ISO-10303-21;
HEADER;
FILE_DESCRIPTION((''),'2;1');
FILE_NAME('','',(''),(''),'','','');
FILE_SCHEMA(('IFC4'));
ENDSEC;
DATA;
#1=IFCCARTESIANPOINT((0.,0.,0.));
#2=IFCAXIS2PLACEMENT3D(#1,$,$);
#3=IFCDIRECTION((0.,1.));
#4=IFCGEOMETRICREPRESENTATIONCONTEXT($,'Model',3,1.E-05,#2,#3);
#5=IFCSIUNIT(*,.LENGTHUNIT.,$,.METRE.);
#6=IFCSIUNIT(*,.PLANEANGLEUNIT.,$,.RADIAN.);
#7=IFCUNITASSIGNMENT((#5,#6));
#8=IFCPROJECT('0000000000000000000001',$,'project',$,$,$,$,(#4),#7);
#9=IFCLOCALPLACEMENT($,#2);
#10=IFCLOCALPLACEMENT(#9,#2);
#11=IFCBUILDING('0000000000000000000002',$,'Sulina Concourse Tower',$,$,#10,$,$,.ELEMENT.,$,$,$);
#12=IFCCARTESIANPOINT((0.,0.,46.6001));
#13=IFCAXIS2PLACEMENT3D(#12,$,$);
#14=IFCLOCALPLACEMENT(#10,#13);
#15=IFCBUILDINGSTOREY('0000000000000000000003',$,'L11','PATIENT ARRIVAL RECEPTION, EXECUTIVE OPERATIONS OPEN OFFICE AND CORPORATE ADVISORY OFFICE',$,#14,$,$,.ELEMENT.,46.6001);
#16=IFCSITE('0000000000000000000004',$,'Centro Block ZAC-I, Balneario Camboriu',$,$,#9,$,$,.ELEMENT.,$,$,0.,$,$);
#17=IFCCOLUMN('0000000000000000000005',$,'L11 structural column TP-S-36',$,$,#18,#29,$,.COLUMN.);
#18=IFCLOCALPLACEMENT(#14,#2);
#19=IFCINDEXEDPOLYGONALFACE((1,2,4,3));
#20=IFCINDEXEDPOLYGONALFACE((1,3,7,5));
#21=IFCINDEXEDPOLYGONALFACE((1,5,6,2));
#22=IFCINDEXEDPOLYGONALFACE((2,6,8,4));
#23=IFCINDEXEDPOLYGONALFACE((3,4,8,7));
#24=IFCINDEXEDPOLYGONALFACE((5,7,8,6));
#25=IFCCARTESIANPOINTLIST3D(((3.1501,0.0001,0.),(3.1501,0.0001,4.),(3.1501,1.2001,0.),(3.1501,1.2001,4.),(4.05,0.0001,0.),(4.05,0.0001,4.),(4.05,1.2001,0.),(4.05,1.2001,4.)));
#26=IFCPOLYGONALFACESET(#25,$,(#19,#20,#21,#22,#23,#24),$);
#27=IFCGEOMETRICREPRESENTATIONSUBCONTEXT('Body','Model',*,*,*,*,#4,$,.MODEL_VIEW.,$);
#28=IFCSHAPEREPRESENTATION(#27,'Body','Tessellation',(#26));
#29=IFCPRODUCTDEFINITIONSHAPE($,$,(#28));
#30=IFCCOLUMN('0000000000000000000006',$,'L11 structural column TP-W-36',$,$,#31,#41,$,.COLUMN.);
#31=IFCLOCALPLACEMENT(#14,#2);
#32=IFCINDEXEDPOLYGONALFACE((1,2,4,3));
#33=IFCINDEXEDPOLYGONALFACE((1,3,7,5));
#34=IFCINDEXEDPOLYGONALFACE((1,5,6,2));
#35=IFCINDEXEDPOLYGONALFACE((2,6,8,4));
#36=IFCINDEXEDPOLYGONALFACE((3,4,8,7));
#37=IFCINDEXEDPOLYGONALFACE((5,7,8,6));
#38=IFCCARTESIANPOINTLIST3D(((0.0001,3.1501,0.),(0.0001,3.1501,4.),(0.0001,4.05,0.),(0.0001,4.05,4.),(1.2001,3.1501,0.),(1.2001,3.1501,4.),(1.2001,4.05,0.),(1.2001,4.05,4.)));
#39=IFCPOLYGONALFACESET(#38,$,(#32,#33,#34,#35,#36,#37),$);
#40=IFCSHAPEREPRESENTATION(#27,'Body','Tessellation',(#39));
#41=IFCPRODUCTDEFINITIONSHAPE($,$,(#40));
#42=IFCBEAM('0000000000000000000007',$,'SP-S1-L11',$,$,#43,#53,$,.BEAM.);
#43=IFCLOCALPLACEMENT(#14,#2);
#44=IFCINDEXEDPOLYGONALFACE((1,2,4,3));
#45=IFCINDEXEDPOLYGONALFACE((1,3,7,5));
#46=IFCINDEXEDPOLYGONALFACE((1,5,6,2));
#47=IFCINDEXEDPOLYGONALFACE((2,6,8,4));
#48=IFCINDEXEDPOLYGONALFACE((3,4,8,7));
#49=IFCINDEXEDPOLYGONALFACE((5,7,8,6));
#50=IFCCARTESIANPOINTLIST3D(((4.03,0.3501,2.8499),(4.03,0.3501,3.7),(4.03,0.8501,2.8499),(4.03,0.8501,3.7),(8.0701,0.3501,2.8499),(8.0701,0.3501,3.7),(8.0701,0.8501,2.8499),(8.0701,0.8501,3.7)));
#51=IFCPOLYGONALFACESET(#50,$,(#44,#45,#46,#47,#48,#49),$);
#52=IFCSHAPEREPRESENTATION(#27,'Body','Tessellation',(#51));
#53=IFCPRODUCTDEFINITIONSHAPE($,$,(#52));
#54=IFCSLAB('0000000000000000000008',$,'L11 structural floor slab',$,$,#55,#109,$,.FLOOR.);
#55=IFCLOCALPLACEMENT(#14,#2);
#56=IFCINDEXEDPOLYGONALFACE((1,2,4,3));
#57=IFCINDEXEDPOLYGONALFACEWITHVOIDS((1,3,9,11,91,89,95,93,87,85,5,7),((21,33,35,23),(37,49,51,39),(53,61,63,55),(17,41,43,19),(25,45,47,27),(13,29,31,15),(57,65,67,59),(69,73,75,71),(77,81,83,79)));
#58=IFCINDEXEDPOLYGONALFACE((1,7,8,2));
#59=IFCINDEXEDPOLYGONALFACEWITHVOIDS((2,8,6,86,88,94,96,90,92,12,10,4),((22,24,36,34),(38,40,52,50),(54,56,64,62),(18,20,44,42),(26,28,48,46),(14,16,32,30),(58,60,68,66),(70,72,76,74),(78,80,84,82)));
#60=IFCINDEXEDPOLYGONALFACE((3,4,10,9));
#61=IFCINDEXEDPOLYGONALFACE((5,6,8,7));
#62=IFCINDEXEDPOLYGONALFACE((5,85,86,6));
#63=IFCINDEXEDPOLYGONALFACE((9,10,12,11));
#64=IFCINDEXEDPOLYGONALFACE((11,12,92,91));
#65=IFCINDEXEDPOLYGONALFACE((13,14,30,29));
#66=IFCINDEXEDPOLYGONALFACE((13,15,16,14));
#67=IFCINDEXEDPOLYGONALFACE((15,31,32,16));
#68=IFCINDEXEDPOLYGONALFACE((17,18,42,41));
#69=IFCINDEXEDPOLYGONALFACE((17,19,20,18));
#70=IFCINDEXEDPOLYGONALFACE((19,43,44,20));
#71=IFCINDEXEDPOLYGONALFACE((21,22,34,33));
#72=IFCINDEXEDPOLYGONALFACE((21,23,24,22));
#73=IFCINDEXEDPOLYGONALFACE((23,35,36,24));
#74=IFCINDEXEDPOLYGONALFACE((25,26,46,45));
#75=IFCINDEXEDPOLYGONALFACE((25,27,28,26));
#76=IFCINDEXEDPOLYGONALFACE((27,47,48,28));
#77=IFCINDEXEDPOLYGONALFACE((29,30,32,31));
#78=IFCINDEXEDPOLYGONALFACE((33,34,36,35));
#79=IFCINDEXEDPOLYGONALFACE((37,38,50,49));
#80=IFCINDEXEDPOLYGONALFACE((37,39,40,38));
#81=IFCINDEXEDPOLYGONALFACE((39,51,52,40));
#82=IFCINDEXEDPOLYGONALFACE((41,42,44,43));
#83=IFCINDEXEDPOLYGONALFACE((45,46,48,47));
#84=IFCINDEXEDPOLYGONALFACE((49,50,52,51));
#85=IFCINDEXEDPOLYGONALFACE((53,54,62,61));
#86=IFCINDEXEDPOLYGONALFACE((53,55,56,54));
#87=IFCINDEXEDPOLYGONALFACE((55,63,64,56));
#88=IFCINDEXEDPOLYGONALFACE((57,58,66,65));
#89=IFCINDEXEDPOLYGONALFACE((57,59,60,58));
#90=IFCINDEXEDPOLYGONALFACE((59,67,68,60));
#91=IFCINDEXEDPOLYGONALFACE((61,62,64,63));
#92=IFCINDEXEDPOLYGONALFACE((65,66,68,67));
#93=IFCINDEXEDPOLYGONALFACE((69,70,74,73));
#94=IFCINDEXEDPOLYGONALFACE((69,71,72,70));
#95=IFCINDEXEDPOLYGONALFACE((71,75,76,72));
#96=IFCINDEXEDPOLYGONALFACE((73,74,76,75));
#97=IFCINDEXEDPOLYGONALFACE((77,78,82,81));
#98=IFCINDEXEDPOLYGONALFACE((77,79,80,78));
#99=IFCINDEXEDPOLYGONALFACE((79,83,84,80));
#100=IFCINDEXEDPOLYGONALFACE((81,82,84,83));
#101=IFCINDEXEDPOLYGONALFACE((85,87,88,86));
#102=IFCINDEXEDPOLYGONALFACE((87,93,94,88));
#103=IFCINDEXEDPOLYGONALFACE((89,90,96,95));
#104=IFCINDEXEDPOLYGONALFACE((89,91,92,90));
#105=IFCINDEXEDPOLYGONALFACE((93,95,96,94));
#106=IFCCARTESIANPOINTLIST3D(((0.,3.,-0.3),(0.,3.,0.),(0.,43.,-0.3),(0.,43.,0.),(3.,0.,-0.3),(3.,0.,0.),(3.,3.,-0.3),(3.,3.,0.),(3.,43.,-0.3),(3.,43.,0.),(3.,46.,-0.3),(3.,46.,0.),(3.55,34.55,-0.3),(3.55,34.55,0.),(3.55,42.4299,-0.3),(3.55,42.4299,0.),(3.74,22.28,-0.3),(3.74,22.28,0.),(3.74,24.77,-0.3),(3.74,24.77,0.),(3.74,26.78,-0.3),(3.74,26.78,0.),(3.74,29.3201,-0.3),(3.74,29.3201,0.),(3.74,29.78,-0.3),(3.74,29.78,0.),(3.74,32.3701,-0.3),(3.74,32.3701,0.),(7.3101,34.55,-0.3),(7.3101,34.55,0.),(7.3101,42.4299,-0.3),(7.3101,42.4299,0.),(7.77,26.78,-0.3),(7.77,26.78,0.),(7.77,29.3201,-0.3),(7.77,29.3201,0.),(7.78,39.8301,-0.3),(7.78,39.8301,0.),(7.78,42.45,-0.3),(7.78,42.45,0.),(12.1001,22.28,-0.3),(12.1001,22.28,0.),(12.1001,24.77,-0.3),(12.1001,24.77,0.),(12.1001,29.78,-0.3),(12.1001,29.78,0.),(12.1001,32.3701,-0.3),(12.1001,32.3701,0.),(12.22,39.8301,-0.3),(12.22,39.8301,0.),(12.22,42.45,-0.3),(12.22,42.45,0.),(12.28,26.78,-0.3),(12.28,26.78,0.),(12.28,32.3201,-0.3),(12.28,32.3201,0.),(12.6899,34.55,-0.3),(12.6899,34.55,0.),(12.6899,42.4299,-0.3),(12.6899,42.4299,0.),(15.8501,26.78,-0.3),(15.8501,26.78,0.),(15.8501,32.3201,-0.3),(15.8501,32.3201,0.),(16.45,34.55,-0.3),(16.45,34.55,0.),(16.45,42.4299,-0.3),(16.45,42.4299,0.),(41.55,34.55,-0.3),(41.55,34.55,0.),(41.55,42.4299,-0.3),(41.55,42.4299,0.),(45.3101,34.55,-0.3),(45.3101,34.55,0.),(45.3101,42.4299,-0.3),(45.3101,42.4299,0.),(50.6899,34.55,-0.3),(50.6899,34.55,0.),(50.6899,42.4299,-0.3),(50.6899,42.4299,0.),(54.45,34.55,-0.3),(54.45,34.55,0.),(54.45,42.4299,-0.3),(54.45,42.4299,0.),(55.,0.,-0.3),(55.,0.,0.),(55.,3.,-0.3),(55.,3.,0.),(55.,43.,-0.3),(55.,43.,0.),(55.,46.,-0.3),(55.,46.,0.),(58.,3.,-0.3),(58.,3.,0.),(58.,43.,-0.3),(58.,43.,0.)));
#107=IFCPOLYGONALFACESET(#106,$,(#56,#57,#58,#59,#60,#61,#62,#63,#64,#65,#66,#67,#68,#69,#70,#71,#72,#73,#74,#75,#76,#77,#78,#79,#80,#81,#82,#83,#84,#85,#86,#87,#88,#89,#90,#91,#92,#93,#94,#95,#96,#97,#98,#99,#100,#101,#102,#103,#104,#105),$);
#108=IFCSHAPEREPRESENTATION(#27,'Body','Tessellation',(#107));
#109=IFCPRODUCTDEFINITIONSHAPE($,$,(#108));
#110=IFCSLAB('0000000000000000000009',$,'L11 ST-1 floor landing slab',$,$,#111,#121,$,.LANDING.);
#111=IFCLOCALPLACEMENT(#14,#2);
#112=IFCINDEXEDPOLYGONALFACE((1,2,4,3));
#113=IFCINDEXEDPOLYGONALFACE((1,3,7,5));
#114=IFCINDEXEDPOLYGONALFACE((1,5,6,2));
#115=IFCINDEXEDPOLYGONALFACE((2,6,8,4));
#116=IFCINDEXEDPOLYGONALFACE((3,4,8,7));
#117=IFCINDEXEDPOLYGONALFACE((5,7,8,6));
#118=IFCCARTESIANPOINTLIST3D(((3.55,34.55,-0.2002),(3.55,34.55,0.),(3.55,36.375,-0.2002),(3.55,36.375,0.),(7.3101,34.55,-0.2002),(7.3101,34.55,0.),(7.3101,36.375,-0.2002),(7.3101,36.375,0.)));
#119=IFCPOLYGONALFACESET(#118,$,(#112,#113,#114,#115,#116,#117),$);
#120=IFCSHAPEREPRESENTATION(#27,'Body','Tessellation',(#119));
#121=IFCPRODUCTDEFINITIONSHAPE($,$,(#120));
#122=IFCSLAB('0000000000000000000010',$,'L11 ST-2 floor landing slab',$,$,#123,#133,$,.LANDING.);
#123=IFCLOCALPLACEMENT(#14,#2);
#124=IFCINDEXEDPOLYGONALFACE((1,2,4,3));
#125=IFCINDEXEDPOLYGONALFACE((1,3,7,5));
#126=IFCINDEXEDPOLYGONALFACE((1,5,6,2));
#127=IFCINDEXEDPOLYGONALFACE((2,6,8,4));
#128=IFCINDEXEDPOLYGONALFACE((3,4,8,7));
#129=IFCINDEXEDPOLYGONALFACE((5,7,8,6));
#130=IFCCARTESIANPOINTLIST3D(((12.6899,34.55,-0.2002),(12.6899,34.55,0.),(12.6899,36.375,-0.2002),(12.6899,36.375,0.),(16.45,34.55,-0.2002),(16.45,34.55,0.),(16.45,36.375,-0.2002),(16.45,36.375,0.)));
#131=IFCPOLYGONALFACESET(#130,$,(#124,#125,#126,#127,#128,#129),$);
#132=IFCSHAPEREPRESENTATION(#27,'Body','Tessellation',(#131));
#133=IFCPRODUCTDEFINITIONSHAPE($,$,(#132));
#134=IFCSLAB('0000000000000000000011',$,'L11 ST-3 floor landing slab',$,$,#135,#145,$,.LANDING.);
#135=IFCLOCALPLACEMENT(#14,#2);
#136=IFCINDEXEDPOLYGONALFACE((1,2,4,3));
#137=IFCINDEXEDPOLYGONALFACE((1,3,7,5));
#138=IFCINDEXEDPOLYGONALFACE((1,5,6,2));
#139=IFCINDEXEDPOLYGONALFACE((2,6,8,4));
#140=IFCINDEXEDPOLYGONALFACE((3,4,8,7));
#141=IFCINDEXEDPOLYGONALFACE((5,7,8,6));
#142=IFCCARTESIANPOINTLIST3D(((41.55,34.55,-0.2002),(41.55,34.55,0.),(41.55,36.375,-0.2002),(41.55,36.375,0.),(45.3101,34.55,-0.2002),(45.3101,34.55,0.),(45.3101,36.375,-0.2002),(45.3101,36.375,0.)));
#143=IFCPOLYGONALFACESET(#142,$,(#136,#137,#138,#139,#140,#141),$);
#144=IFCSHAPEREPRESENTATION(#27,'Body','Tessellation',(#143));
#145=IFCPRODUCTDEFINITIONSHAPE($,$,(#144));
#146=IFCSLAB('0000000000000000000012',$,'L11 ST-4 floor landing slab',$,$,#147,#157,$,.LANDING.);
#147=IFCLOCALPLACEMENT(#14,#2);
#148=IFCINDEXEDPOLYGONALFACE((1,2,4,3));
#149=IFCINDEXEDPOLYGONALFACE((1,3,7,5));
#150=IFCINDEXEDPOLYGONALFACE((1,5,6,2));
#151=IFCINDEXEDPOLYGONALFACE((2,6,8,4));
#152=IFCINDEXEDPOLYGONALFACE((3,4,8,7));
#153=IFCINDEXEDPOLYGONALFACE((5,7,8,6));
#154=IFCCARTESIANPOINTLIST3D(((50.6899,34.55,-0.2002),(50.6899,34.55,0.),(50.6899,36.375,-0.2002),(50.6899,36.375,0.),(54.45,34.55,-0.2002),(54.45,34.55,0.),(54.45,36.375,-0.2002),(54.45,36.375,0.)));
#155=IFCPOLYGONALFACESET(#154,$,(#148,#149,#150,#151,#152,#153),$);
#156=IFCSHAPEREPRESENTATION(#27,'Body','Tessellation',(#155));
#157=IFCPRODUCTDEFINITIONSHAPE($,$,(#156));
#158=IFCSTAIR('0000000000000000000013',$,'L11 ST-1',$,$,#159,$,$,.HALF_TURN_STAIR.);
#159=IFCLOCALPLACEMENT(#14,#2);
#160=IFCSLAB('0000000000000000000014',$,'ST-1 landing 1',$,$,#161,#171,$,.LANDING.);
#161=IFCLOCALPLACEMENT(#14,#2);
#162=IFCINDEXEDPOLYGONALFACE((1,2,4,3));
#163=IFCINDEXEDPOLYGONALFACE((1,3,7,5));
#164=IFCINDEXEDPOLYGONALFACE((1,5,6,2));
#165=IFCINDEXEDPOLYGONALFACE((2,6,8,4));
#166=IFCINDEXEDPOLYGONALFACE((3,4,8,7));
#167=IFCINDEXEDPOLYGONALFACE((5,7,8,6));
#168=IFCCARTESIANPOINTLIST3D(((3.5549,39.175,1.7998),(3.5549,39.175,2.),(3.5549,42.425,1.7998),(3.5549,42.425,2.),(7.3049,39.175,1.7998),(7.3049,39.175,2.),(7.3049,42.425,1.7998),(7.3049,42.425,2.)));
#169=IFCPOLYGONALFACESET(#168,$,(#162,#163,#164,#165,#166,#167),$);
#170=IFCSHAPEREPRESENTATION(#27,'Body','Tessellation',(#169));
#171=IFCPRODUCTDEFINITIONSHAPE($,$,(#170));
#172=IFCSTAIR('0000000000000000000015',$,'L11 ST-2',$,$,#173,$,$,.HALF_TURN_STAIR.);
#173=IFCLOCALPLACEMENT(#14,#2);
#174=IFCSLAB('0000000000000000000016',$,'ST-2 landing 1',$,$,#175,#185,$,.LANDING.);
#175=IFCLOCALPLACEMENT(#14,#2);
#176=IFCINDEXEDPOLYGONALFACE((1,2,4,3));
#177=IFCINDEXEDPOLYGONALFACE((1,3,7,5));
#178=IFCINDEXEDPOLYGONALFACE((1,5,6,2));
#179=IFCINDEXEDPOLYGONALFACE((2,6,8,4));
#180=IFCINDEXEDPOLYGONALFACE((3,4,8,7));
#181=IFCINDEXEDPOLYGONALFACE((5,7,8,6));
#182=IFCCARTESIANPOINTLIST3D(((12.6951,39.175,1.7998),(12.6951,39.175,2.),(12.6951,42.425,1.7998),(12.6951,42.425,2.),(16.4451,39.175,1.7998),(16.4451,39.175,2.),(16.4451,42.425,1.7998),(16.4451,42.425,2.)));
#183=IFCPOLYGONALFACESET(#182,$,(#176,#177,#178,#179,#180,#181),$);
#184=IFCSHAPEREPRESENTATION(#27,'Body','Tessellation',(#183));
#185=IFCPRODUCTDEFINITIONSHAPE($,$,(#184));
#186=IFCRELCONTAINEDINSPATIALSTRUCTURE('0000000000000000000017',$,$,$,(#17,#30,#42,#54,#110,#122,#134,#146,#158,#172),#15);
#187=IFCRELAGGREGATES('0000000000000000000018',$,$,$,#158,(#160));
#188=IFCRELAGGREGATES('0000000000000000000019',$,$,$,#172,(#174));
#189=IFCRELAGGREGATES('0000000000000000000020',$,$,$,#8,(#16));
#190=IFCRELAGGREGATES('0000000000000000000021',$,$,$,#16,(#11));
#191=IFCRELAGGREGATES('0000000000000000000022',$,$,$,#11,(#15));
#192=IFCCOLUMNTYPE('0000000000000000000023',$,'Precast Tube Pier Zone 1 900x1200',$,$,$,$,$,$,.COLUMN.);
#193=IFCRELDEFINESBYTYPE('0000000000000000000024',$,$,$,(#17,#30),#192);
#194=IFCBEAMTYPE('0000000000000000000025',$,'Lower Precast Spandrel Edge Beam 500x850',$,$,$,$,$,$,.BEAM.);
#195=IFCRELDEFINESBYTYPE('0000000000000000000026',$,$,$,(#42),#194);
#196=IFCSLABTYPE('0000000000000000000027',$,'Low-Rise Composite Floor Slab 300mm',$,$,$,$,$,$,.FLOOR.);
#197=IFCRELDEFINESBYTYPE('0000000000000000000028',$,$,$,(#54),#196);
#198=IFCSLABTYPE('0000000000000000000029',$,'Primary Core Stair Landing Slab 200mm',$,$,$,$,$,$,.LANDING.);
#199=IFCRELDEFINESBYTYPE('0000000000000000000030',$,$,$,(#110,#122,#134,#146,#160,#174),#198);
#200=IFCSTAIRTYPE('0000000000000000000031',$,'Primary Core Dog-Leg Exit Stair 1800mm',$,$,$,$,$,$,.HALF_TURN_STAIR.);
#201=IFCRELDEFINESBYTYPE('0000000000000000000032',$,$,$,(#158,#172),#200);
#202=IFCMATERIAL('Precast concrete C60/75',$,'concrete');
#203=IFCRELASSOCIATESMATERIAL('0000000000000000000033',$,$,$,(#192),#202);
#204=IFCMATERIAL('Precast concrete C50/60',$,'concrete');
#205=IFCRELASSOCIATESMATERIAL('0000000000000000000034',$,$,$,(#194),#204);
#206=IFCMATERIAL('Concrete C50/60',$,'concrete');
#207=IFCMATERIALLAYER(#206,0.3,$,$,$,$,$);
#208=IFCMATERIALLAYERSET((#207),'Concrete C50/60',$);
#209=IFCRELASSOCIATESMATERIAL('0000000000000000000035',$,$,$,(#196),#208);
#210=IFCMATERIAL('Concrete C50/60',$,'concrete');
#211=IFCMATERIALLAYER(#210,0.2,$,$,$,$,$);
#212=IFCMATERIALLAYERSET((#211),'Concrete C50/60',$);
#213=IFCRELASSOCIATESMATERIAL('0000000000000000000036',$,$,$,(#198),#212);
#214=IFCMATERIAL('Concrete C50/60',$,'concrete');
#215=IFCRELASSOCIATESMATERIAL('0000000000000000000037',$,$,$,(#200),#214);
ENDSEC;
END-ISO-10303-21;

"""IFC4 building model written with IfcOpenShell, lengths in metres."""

from ifc_helpers import new_model, si_unit, direction, frame, origin, origin_2d, place, context, subcontext, project, spatial, polyline, rectangle, outline, extrude, material, layer, layer_set, material_profile, profile_set, type_object, element, aggregate, save


model = new_model("IFC4")

# Units and contexts
model_context = context("Model", 3, precision=1e-05, world=origin(), true_north=direction((0.0, 1.0)))
body_context = subcontext(model_context, "Body", "Model", "MODEL_VIEW")
ifc_project = project(units=[si_unit("LENGTHUNIT", "METRE"), si_unit("PLANEANGLEUNIT", "RADIAN")], contexts=[model_context])

# Site, building, storey
site_placement = place(None, origin())
site = spatial("IfcSite", under=ifc_project, at=site_placement, Name="Centro Block ZAC-I, Balneario Camboriu", CompositionType="ELEMENT", RefElevation=0.0)
building_placement = place(site_placement, origin())
building = spatial("IfcBuilding", under=site, at=building_placement, Name="Sulina Concourse Tower", CompositionType="ELEMENT")
storey_placement = place(building_placement, frame((0.0, 0.0, 46.6001)))
storey = spatial("IfcBuildingStorey", under=building, at=storey_placement, Name="L11", Description="PATIENT ARRIVAL RECEPTION, EXECUTIVE OPERATIONS OPEN OFFICE AND CORPORATE ADVISORY OFFICE", CompositionType="ELEMENT", Elevation=46.6001)

# Columns
ifc_material_1 = material(Name="Precast concrete C60/75", Category="concrete")
ifc_material_profile_1 = material_profile(ifc_material_1, rectangle(XDim=0.8999, YDim=1.2, at=origin_2d()), Name="PC 900x1200")
ifc_profile_set_1 = profile_set([ifc_material_profile_1], Name="Precast concrete C60/75")
column_type = type_object("IfcColumnType", Name="Precast Tube Pier Zone 1 900x1200", PredefinedType="COLUMN", material=ifc_profile_set_1)
for number, where, z_axis, x_axis, name in (
    (1, (3.6001, 0.6001, 0.0), (0.0, 0.0, 1.0), (1.0, 0.0, 0.0), "L11 structural column TP-S-36"),
    (2, (0.6001, 3.6001, 0.0), (0.0, 0.0, 1.0), (0.0, 1.0, 0.0), "L11 structural column TP-W-36"),
):
    element("IfcColumn", number, at=place(storey_placement, frame(where, z_axis=z_axis, x_axis=x_axis)), inside=storey, type_object=column_type, Name=name, PredefinedType="COLUMN", context=body_context, shape_type="SweptSolid", body=[
        extrude(rectangle(XDim=0.8999, YDim=1.2, at=origin_2d()), origin(), (0.0, 0.0, 1.0), 4.0),
    ])

# Beam
ifc_material_2 = material(Name="Precast concrete C50/60", Category="concrete")
ifc_material_profile_2 = material_profile(ifc_material_2, rectangle(XDim=0.5, YDim=0.8501, at=origin_2d()), Name="RC 500x850")
ifc_profile_set_2 = profile_set([ifc_material_profile_2], Name="Precast concrete C50/60")
beam_type = type_object("IfcBeamType", Name="Lower Precast Spandrel Edge Beam 500x850", PredefinedType="BEAM", material=ifc_profile_set_2)
beam_placement = place(storey_placement, frame((4.03, 0.6001, 3.2749), z_axis=(1.0, 0.0, 0.0), x_axis=(0.0, 1.0, 0.0)))
element("IfcBeam", 3, at=beam_placement, inside=storey, type_object=beam_type, Name="SP-S1-L11", PredefinedType="BEAM", context=body_context, shape_type="SweptSolid", body=[
    extrude(rectangle(XDim=0.5, YDim=0.8501, at=origin_2d()), origin(), (0.0, 0.0, 1.0), 4.04),
])

# Slabs
ifc_material_3 = material(Name="Concrete C50/60", Category="concrete")
ifc_layer_1 = layer(ifc_material_3, 0.3)
ifc_layer_set_1 = layer_set([ifc_layer_1], Name="Concrete C50/60")
slab_type_1 = type_object("IfcSlabType", Name="Low-Rise Composite Floor Slab 300mm", PredefinedType="FLOOR", material=ifc_layer_set_1)
slab_1_placement = place(storey_placement, frame((0.0, 0.0, -0.3)))
element("IfcSlab", 4, at=slab_1_placement, inside=storey, type_object=slab_type_1, Name="L11 structural floor slab", PredefinedType="FLOOR", context=body_context, shape_type="SweptSolid", body=[
    extrude(outline(polyline([(3.0, 0.0), (55.0, 0.0), (55.0, 3.0), (58.0, 3.0), (58.0, 43.0), (55.0, 43.0), (55.0, 46.0), (3.0, 46.0), (3.0, 43.0), (0.0, 43.0), (0.0, 3.0), (3.0, 3.0), (3.0, 0.0)]), holes=[polyline([(7.3101, 34.55), (7.3101, 42.4299), (3.55, 42.4299), (3.55, 34.55), (7.3101, 34.55)]), polyline([(16.45, 34.55), (16.45, 42.4299), (12.6899, 42.4299), (12.6899, 34.55), (16.45, 34.55)]), polyline([(45.3101, 34.55), (45.3101, 42.4299), (41.55, 42.4299), (41.55, 34.55), (45.3101, 34.55)]), polyline([(54.45, 34.55), (54.45, 42.4299), (50.6899, 42.4299), (50.6899, 34.55), (54.45, 34.55)]), polyline([(7.78, 39.8301), (12.22, 39.8301), (12.22, 42.45), (7.78, 42.45), (7.78, 39.8301)]), polyline([(3.74, 26.78), (7.77, 26.78), (7.77, 29.3201), (3.74, 29.3201), (3.74, 26.78)]), polyline([(3.74, 29.78), (12.1001, 29.78), (12.1001, 32.3701), (3.74, 32.3701), (3.74, 29.78)]), polyline([(3.74, 22.28), (12.1001, 22.28), (12.1001, 24.77), (3.74, 24.77), (3.74, 22.28)]), polyline([(12.28, 26.78), (15.8501, 26.78), (15.8501, 32.3201), (12.28, 32.3201), (12.28, 26.78)])]), origin(), (0.0, 0.0, 1.0), 0.3),
])
ifc_material_4 = material(Name="Concrete C50/60", Category="concrete")
ifc_layer_2 = layer(ifc_material_4, 0.2)
ifc_layer_set_2 = layer_set([ifc_layer_2], Name="Concrete C50/60")
slab_type_2 = type_object("IfcSlabType", Name="Primary Core Stair Landing Slab 200mm", PredefinedType="LANDING", material=ifc_layer_set_2)
slab_2_placement = place(storey_placement, frame((0.0, 0.0, -0.2002)))
element("IfcSlab", 5, at=slab_2_placement, inside=storey, type_object=slab_type_2, Name="L11 ST-1 floor landing slab", PredefinedType="LANDING", context=body_context, shape_type="SweptSolid", body=[
    extrude(outline(polyline([(7.3101, 34.55), (7.3101, 36.375), (3.55, 36.375), (3.55, 34.55), (7.3101, 34.55)])), origin(), (0.0, 0.0, 1.0), 0.2002),
])
slab_3_placement = place(storey_placement, frame((0.0, 0.0, -0.2002)))
element("IfcSlab", 6, at=slab_3_placement, inside=storey, type_object=slab_type_2, Name="L11 ST-2 floor landing slab", PredefinedType="LANDING", context=body_context, shape_type="SweptSolid", body=[
    extrude(outline(polyline([(16.45, 34.55), (16.45, 36.375), (12.6899, 36.375), (12.6899, 34.55), (16.45, 34.55)])), origin(), (0.0, 0.0, 1.0), 0.2002),
])
slab_4_placement = place(storey_placement, frame((0.0, 0.0, -0.2002)))
element("IfcSlab", 7, at=slab_4_placement, inside=storey, type_object=slab_type_2, Name="L11 ST-3 floor landing slab", PredefinedType="LANDING", context=body_context, shape_type="SweptSolid", body=[
    extrude(outline(polyline([(45.3101, 34.55), (45.3101, 36.375), (41.55, 36.375), (41.55, 34.55), (45.3101, 34.55)])), origin(), (0.0, 0.0, 1.0), 0.2002),
])
slab_5_placement = place(storey_placement, frame((0.0, 0.0, -0.2002)))
element("IfcSlab", 8, at=slab_5_placement, inside=storey, type_object=slab_type_2, Name="L11 ST-4 floor landing slab", PredefinedType="LANDING", context=body_context, shape_type="SweptSolid", body=[
    extrude(outline(polyline([(54.45, 34.55), (54.45, 36.375), (50.6899, 36.375), (50.6899, 34.55), (54.45, 34.55)])), origin(), (0.0, 0.0, 1.0), 0.2002),
])

# Stairs, slabs
ifc_material_5 = material(Name="Concrete C50/60", Category="concrete")
stair_type_1 = type_object("IfcStairType", Name="Primary Core Dog-Leg Exit Stair 1800mm", PredefinedType="HALF_TURN_STAIR", material=ifc_material_5)
stair_1_placement = place(storey_placement, origin())
stair_1 = element("IfcStair", 9, at=stair_1_placement, inside=storey, type_object=stair_type_1, Name="L11 ST-1", PredefinedType="HALF_TURN_STAIR")
slab_6_placement = place(storey_placement, frame((0.0, 0.0, 1.7998)))
slab_6 = element("IfcSlab", 10, at=slab_6_placement, type_object=slab_type_2, Name="ST-1 landing 1", PredefinedType="LANDING", context=body_context, shape_type="SweptSolid", body=[
    extrude(outline(polyline([(7.3049, 39.175), (7.3049, 42.425), (3.5549, 42.425), (3.5549, 39.175), (7.3049, 39.175)])), origin(), (0.0, 0.0, 1.0), 0.2002),
])
aggregate(stair_1, [slab_6])
stair_2_placement = place(storey_placement, origin())
stair_2 = element("IfcStair", 11, at=stair_2_placement, inside=storey, type_object=stair_type_1, Name="L11 ST-2", PredefinedType="HALF_TURN_STAIR")
slab_7_placement = place(storey_placement, frame((0.0, 0.0, 1.7998)))
slab_7 = element("IfcSlab", 12, at=slab_7_placement, type_object=slab_type_2, Name="ST-2 landing 1", PredefinedType="LANDING", context=body_context, shape_type="SweptSolid", body=[
    extrude(outline(polyline([(16.4451, 39.175), (16.4451, 42.425), (12.6951, 42.425), (12.6951, 39.175), (16.4451, 39.175)])), origin(), (0.0, 0.0, 1.0), 0.2002),
])
aggregate(stair_2, [slab_7])

save(model, "model.ifc")
